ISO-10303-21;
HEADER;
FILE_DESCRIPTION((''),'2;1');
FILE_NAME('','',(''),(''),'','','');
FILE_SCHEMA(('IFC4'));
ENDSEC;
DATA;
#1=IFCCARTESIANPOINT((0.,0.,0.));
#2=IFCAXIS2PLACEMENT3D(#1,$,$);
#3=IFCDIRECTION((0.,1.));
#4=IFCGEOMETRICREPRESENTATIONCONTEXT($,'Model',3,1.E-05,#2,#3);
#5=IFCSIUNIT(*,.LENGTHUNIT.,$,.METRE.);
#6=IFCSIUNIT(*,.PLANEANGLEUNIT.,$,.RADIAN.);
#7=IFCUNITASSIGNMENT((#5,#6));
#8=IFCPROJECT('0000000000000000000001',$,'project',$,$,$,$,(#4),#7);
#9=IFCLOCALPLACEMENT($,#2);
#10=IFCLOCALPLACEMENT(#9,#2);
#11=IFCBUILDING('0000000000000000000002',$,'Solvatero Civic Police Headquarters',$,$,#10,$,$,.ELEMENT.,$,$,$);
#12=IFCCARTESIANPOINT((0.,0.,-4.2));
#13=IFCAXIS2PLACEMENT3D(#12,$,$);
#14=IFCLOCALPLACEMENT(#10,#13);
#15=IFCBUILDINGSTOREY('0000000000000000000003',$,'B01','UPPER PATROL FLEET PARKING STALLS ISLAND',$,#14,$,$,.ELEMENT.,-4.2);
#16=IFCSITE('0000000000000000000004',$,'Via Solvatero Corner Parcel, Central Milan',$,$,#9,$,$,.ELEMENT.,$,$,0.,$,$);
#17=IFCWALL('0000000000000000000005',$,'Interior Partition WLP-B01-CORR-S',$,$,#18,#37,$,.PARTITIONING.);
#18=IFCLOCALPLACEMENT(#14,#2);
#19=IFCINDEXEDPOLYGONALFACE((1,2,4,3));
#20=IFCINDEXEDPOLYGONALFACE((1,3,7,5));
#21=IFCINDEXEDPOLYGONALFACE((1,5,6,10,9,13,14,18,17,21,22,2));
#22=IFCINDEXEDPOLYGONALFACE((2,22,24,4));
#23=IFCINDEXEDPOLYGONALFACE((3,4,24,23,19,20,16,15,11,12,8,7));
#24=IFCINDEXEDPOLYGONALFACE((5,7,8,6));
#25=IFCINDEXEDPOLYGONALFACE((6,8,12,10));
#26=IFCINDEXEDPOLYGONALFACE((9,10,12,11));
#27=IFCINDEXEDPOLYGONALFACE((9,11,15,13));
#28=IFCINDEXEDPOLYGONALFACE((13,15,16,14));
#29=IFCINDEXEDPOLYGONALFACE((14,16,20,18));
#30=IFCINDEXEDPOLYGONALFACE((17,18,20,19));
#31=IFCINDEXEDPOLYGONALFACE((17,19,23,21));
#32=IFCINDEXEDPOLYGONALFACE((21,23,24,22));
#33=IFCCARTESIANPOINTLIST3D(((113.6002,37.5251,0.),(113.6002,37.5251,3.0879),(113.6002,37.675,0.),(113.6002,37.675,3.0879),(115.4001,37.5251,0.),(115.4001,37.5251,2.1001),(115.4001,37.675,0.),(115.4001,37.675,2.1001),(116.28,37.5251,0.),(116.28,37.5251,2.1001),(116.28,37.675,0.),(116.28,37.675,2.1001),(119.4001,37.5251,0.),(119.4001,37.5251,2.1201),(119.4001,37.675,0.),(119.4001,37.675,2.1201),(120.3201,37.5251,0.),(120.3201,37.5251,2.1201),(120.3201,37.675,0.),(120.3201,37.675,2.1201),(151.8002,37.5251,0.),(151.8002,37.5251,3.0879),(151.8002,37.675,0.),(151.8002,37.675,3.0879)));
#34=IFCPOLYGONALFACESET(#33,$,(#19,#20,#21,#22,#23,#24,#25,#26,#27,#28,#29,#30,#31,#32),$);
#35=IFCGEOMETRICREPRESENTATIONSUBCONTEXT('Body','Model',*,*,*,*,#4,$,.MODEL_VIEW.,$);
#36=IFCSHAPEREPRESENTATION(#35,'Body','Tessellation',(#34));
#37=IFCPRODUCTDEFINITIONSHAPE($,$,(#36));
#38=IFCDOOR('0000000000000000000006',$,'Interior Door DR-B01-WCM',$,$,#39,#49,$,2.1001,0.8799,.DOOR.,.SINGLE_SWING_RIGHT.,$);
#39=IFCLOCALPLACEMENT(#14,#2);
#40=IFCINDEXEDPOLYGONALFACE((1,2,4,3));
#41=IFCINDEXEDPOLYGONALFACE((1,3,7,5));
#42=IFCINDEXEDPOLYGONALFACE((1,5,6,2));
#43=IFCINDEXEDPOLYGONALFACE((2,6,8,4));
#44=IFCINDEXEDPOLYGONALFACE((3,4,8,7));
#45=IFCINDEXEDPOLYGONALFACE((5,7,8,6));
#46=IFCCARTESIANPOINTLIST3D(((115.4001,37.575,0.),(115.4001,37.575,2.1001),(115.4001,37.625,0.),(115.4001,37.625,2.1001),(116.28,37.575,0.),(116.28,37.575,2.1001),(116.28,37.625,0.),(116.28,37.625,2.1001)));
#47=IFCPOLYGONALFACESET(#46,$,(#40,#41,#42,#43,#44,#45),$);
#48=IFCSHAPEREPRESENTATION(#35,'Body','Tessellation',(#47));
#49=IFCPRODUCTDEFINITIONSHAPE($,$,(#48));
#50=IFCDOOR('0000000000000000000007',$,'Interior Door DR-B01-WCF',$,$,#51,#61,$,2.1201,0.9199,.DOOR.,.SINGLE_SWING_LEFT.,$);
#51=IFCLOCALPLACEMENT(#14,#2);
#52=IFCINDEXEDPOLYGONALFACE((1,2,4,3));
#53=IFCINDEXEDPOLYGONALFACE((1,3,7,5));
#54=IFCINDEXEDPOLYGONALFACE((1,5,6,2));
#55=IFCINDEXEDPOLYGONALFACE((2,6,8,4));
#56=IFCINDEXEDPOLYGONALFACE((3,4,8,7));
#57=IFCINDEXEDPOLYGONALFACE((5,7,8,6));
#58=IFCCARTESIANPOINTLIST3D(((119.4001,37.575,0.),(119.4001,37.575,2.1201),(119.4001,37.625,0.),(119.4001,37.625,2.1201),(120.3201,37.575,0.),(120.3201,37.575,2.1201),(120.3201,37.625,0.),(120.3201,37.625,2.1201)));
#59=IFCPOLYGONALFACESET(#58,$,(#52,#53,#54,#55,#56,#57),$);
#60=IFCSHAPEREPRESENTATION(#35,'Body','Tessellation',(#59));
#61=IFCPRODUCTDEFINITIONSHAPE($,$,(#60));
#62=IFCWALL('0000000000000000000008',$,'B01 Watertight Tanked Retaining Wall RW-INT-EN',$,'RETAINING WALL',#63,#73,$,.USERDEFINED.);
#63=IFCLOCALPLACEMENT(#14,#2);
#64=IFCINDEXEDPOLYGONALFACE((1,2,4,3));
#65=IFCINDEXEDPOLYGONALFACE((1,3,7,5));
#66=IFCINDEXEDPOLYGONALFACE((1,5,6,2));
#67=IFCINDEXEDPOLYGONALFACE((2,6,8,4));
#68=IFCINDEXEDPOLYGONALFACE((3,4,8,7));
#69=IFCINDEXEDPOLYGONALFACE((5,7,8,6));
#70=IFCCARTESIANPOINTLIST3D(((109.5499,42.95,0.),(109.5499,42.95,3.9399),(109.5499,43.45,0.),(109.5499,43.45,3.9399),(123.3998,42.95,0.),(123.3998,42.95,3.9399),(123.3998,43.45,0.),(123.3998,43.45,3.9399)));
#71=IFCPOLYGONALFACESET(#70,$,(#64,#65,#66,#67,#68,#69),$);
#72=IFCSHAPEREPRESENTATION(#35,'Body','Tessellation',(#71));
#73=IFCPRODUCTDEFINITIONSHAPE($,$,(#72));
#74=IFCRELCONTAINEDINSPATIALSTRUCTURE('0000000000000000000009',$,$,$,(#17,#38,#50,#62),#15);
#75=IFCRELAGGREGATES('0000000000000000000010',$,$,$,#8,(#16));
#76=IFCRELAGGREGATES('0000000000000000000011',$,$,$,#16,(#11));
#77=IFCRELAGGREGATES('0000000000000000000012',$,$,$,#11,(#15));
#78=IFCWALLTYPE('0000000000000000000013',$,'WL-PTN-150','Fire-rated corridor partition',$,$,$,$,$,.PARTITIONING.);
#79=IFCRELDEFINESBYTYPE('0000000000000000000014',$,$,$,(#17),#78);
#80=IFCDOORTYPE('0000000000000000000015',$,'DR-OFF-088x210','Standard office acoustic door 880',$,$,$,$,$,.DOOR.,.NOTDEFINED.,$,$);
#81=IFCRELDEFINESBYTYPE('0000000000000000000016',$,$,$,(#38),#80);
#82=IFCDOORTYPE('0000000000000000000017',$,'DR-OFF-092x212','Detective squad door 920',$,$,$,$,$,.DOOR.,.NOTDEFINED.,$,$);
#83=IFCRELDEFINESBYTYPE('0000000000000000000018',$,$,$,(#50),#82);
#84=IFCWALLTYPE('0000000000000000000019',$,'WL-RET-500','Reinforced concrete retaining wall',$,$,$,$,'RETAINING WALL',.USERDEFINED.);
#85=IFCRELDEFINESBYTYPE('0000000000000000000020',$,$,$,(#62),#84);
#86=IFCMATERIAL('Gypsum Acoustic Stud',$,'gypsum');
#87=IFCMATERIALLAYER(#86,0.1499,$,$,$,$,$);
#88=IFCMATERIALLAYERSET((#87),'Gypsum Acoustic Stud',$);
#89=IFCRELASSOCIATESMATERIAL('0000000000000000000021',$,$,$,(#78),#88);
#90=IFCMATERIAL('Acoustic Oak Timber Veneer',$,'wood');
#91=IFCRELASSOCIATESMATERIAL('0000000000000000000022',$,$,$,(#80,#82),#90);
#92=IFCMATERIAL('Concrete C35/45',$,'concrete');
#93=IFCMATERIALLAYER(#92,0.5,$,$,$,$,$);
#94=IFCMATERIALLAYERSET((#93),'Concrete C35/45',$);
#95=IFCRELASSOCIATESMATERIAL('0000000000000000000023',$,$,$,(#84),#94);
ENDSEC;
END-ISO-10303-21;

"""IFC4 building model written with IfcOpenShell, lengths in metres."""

from ifc_helpers import new_model, si_unit, direction, frame, frame_2d, origin, place, context, subcontext, project, spatial, rectangle, extrude, material, layer, layer_set, type_object, element, fill, save


model = new_model("IFC4")

# Units and contexts
model_context = context("Model", 3, precision=1e-05, world=origin(), true_north=direction((0.0, 1.0)))
body_context = subcontext(model_context, "Body", "Model", "MODEL_VIEW")
ifc_project = project(units=[si_unit("LENGTHUNIT", "METRE"), si_unit("PLANEANGLEUNIT", "RADIAN")], contexts=[model_context])

# Site, building, storey
site_placement = place(None, origin())
site = spatial("IfcSite", under=ifc_project, at=site_placement, Name="Via Solvatero Corner Parcel, Central Milan", CompositionType="ELEMENT", RefElevation=0.0)
building_placement = place(site_placement, origin())
building = spatial("IfcBuilding", under=site, at=building_placement, Name="Solvatero Civic Police Headquarters", CompositionType="ELEMENT")
storey_placement = place(building_placement, frame((0.0, 0.0, -4.2)))
storey = spatial("IfcBuildingStorey", under=building, at=storey_placement, Name="B01", Description="UPPER PATROL FLEET PARKING STALLS ISLAND", CompositionType="ELEMENT", Elevation=-4.2)

# Wall, openings, doors
ifc_material_1 = material(Name="Gypsum Acoustic Stud", Category="gypsum")
ifc_layer_1 = layer(ifc_material_1, 0.1499)
ifc_layer_set_1 = layer_set([ifc_layer_1], Name="Gypsum Acoustic Stud")
wall_type_1 = type_object("IfcWallType", Name="WL-PTN-150", Description="Fire-rated corridor partition", PredefinedType="PARTITIONING", material=ifc_layer_set_1)
wall_1_placement = place(storey_placement, frame((113.6001, 37.6001, 0.0), z_axis=(0.0, 0.0, 1.0), x_axis=(1.0, 0.0, 0.0)))
wall_1 = element("IfcWall", 1, at=wall_1_placement, inside=storey, type_object=wall_type_1, Name="Interior Partition WLP-B01-CORR-S", PredefinedType="PARTITIONING", context=body_context, shape_type="SweptSolid", body=[
    extrude(rectangle(XDim=38.2, YDim=0.1499, at=frame_2d((19.1001, 0.0))), origin(), (0.0, 0.0, 1.0), 3.0879),
])
opening_1_placement = place(wall_1_placement, frame((1.8, 0.0, 0.0)))
opening_1 = element("IfcOpeningElement", 2, at=opening_1_placement, cuts=wall_1, PredefinedType="OPENING", context=body_context, shape_type="SweptSolid", body=[
    extrude(rectangle(XDim=0.8799, YDim=2.1001, at=frame_2d((0.4399, 1.05))), frame((0.0, 0.085, 0.0), z_axis=(0.0, -1.0, 0.0), x_axis=(1.0, 0.0, 0.0)), (0.0, 0.0, 1.0), 0.1699),
])
opening_2_placement = place(wall_1_placement, frame((5.8, 0.0, 0.0)))
opening_2 = element("IfcOpeningElement", 3, at=opening_2_placement, cuts=wall_1, PredefinedType="OPENING", context=body_context, shape_type="SweptSolid", body=[
    extrude(rectangle(XDim=0.9199, YDim=2.1201, at=frame_2d((0.46, 1.0601))), frame((0.0, 0.085, 0.0), z_axis=(0.0, -1.0, 0.0), x_axis=(1.0, 0.0, 0.0)), (0.0, 0.0, 1.0), 0.1699),
])
ifc_material_2 = material(Name="Acoustic Oak Timber Veneer", Category="wood")
door_type_1 = type_object("IfcDoorType", Name="DR-OFF-088x210", Description="Standard office acoustic door 880", OperationType="NOTDEFINED", PredefinedType="DOOR", material=ifc_material_2)
door_1_placement = place(opening_1_placement, origin())
door_1 = element("IfcDoor", 4, at=door_1_placement, inside=storey, type_object=door_type_1, Name="Interior Door DR-B01-WCM", OperationType="SINGLE_SWING_RIGHT", OverallHeight=2.1001, OverallWidth=0.8799, PredefinedType="DOOR", context=body_context, shape_type="SweptSolid", body=[
    extrude(rectangle(XDim=0.8799, YDim=2.1001, at=frame_2d((0.4399, 1.05))), frame((0.0, 0.0249, 0.0), z_axis=(0.0, -1.0, 0.0), x_axis=(1.0, 0.0, 0.0)), (0.0, 0.0, 1.0), 0.05),
])
fill(opening_1, door_1)
door_type_2 = type_object("IfcDoorType", Name="DR-OFF-092x212", Description="Detective squad door 920", OperationType="NOTDEFINED", PredefinedType="DOOR", material=ifc_material_2)
door_2_placement = place(opening_2_placement, origin())
door_2 = element("IfcDoor", 5, at=door_2_placement, inside=storey, type_object=door_type_2, Name="Interior Door DR-B01-WCF", OperationType="SINGLE_SWING_LEFT", OverallHeight=2.1201, OverallWidth=0.9199, PredefinedType="DOOR", context=body_context, shape_type="SweptSolid", body=[
    extrude(rectangle(XDim=0.9199, YDim=2.1201, at=frame_2d((0.46, 1.0601))), frame((0.0, 0.0249, 0.0), z_axis=(0.0, -1.0, 0.0), x_axis=(1.0, 0.0, 0.0)), (0.0, 0.0, 1.0), 0.05),
])
fill(opening_2, door_2)

# Wall
ifc_material_3 = material(Name="Concrete C35/45", Category="concrete")
ifc_layer_2 = layer(ifc_material_3, 0.5)
ifc_layer_set_2 = layer_set([ifc_layer_2], Name="Concrete C35/45")
wall_type_2 = type_object("IfcWallType", Name="WL-RET-500", Description="Reinforced concrete retaining wall", ElementType="RETAINING WALL", PredefinedType="USERDEFINED", material=ifc_layer_set_2)
wall_2_placement = place(storey_placement, frame((109.55, 43.2, 0.0), z_axis=(0.0, 0.0, 1.0), x_axis=(1.0, 0.0, 0.0)))
element("IfcWall", 6, at=wall_2_placement, inside=storey, type_object=wall_type_2, Name="B01 Watertight Tanked Retaining Wall RW-INT-EN", ObjectType="RETAINING WALL", PredefinedType="USERDEFINED", context=body_context, shape_type="SweptSolid", body=[
    extrude(rectangle(XDim=13.8499, YDim=0.5, at=frame_2d((6.9248, 0.0))), origin(), (0.0, 0.0, 1.0), 3.9399),
])

save(model, "model.ifc")
